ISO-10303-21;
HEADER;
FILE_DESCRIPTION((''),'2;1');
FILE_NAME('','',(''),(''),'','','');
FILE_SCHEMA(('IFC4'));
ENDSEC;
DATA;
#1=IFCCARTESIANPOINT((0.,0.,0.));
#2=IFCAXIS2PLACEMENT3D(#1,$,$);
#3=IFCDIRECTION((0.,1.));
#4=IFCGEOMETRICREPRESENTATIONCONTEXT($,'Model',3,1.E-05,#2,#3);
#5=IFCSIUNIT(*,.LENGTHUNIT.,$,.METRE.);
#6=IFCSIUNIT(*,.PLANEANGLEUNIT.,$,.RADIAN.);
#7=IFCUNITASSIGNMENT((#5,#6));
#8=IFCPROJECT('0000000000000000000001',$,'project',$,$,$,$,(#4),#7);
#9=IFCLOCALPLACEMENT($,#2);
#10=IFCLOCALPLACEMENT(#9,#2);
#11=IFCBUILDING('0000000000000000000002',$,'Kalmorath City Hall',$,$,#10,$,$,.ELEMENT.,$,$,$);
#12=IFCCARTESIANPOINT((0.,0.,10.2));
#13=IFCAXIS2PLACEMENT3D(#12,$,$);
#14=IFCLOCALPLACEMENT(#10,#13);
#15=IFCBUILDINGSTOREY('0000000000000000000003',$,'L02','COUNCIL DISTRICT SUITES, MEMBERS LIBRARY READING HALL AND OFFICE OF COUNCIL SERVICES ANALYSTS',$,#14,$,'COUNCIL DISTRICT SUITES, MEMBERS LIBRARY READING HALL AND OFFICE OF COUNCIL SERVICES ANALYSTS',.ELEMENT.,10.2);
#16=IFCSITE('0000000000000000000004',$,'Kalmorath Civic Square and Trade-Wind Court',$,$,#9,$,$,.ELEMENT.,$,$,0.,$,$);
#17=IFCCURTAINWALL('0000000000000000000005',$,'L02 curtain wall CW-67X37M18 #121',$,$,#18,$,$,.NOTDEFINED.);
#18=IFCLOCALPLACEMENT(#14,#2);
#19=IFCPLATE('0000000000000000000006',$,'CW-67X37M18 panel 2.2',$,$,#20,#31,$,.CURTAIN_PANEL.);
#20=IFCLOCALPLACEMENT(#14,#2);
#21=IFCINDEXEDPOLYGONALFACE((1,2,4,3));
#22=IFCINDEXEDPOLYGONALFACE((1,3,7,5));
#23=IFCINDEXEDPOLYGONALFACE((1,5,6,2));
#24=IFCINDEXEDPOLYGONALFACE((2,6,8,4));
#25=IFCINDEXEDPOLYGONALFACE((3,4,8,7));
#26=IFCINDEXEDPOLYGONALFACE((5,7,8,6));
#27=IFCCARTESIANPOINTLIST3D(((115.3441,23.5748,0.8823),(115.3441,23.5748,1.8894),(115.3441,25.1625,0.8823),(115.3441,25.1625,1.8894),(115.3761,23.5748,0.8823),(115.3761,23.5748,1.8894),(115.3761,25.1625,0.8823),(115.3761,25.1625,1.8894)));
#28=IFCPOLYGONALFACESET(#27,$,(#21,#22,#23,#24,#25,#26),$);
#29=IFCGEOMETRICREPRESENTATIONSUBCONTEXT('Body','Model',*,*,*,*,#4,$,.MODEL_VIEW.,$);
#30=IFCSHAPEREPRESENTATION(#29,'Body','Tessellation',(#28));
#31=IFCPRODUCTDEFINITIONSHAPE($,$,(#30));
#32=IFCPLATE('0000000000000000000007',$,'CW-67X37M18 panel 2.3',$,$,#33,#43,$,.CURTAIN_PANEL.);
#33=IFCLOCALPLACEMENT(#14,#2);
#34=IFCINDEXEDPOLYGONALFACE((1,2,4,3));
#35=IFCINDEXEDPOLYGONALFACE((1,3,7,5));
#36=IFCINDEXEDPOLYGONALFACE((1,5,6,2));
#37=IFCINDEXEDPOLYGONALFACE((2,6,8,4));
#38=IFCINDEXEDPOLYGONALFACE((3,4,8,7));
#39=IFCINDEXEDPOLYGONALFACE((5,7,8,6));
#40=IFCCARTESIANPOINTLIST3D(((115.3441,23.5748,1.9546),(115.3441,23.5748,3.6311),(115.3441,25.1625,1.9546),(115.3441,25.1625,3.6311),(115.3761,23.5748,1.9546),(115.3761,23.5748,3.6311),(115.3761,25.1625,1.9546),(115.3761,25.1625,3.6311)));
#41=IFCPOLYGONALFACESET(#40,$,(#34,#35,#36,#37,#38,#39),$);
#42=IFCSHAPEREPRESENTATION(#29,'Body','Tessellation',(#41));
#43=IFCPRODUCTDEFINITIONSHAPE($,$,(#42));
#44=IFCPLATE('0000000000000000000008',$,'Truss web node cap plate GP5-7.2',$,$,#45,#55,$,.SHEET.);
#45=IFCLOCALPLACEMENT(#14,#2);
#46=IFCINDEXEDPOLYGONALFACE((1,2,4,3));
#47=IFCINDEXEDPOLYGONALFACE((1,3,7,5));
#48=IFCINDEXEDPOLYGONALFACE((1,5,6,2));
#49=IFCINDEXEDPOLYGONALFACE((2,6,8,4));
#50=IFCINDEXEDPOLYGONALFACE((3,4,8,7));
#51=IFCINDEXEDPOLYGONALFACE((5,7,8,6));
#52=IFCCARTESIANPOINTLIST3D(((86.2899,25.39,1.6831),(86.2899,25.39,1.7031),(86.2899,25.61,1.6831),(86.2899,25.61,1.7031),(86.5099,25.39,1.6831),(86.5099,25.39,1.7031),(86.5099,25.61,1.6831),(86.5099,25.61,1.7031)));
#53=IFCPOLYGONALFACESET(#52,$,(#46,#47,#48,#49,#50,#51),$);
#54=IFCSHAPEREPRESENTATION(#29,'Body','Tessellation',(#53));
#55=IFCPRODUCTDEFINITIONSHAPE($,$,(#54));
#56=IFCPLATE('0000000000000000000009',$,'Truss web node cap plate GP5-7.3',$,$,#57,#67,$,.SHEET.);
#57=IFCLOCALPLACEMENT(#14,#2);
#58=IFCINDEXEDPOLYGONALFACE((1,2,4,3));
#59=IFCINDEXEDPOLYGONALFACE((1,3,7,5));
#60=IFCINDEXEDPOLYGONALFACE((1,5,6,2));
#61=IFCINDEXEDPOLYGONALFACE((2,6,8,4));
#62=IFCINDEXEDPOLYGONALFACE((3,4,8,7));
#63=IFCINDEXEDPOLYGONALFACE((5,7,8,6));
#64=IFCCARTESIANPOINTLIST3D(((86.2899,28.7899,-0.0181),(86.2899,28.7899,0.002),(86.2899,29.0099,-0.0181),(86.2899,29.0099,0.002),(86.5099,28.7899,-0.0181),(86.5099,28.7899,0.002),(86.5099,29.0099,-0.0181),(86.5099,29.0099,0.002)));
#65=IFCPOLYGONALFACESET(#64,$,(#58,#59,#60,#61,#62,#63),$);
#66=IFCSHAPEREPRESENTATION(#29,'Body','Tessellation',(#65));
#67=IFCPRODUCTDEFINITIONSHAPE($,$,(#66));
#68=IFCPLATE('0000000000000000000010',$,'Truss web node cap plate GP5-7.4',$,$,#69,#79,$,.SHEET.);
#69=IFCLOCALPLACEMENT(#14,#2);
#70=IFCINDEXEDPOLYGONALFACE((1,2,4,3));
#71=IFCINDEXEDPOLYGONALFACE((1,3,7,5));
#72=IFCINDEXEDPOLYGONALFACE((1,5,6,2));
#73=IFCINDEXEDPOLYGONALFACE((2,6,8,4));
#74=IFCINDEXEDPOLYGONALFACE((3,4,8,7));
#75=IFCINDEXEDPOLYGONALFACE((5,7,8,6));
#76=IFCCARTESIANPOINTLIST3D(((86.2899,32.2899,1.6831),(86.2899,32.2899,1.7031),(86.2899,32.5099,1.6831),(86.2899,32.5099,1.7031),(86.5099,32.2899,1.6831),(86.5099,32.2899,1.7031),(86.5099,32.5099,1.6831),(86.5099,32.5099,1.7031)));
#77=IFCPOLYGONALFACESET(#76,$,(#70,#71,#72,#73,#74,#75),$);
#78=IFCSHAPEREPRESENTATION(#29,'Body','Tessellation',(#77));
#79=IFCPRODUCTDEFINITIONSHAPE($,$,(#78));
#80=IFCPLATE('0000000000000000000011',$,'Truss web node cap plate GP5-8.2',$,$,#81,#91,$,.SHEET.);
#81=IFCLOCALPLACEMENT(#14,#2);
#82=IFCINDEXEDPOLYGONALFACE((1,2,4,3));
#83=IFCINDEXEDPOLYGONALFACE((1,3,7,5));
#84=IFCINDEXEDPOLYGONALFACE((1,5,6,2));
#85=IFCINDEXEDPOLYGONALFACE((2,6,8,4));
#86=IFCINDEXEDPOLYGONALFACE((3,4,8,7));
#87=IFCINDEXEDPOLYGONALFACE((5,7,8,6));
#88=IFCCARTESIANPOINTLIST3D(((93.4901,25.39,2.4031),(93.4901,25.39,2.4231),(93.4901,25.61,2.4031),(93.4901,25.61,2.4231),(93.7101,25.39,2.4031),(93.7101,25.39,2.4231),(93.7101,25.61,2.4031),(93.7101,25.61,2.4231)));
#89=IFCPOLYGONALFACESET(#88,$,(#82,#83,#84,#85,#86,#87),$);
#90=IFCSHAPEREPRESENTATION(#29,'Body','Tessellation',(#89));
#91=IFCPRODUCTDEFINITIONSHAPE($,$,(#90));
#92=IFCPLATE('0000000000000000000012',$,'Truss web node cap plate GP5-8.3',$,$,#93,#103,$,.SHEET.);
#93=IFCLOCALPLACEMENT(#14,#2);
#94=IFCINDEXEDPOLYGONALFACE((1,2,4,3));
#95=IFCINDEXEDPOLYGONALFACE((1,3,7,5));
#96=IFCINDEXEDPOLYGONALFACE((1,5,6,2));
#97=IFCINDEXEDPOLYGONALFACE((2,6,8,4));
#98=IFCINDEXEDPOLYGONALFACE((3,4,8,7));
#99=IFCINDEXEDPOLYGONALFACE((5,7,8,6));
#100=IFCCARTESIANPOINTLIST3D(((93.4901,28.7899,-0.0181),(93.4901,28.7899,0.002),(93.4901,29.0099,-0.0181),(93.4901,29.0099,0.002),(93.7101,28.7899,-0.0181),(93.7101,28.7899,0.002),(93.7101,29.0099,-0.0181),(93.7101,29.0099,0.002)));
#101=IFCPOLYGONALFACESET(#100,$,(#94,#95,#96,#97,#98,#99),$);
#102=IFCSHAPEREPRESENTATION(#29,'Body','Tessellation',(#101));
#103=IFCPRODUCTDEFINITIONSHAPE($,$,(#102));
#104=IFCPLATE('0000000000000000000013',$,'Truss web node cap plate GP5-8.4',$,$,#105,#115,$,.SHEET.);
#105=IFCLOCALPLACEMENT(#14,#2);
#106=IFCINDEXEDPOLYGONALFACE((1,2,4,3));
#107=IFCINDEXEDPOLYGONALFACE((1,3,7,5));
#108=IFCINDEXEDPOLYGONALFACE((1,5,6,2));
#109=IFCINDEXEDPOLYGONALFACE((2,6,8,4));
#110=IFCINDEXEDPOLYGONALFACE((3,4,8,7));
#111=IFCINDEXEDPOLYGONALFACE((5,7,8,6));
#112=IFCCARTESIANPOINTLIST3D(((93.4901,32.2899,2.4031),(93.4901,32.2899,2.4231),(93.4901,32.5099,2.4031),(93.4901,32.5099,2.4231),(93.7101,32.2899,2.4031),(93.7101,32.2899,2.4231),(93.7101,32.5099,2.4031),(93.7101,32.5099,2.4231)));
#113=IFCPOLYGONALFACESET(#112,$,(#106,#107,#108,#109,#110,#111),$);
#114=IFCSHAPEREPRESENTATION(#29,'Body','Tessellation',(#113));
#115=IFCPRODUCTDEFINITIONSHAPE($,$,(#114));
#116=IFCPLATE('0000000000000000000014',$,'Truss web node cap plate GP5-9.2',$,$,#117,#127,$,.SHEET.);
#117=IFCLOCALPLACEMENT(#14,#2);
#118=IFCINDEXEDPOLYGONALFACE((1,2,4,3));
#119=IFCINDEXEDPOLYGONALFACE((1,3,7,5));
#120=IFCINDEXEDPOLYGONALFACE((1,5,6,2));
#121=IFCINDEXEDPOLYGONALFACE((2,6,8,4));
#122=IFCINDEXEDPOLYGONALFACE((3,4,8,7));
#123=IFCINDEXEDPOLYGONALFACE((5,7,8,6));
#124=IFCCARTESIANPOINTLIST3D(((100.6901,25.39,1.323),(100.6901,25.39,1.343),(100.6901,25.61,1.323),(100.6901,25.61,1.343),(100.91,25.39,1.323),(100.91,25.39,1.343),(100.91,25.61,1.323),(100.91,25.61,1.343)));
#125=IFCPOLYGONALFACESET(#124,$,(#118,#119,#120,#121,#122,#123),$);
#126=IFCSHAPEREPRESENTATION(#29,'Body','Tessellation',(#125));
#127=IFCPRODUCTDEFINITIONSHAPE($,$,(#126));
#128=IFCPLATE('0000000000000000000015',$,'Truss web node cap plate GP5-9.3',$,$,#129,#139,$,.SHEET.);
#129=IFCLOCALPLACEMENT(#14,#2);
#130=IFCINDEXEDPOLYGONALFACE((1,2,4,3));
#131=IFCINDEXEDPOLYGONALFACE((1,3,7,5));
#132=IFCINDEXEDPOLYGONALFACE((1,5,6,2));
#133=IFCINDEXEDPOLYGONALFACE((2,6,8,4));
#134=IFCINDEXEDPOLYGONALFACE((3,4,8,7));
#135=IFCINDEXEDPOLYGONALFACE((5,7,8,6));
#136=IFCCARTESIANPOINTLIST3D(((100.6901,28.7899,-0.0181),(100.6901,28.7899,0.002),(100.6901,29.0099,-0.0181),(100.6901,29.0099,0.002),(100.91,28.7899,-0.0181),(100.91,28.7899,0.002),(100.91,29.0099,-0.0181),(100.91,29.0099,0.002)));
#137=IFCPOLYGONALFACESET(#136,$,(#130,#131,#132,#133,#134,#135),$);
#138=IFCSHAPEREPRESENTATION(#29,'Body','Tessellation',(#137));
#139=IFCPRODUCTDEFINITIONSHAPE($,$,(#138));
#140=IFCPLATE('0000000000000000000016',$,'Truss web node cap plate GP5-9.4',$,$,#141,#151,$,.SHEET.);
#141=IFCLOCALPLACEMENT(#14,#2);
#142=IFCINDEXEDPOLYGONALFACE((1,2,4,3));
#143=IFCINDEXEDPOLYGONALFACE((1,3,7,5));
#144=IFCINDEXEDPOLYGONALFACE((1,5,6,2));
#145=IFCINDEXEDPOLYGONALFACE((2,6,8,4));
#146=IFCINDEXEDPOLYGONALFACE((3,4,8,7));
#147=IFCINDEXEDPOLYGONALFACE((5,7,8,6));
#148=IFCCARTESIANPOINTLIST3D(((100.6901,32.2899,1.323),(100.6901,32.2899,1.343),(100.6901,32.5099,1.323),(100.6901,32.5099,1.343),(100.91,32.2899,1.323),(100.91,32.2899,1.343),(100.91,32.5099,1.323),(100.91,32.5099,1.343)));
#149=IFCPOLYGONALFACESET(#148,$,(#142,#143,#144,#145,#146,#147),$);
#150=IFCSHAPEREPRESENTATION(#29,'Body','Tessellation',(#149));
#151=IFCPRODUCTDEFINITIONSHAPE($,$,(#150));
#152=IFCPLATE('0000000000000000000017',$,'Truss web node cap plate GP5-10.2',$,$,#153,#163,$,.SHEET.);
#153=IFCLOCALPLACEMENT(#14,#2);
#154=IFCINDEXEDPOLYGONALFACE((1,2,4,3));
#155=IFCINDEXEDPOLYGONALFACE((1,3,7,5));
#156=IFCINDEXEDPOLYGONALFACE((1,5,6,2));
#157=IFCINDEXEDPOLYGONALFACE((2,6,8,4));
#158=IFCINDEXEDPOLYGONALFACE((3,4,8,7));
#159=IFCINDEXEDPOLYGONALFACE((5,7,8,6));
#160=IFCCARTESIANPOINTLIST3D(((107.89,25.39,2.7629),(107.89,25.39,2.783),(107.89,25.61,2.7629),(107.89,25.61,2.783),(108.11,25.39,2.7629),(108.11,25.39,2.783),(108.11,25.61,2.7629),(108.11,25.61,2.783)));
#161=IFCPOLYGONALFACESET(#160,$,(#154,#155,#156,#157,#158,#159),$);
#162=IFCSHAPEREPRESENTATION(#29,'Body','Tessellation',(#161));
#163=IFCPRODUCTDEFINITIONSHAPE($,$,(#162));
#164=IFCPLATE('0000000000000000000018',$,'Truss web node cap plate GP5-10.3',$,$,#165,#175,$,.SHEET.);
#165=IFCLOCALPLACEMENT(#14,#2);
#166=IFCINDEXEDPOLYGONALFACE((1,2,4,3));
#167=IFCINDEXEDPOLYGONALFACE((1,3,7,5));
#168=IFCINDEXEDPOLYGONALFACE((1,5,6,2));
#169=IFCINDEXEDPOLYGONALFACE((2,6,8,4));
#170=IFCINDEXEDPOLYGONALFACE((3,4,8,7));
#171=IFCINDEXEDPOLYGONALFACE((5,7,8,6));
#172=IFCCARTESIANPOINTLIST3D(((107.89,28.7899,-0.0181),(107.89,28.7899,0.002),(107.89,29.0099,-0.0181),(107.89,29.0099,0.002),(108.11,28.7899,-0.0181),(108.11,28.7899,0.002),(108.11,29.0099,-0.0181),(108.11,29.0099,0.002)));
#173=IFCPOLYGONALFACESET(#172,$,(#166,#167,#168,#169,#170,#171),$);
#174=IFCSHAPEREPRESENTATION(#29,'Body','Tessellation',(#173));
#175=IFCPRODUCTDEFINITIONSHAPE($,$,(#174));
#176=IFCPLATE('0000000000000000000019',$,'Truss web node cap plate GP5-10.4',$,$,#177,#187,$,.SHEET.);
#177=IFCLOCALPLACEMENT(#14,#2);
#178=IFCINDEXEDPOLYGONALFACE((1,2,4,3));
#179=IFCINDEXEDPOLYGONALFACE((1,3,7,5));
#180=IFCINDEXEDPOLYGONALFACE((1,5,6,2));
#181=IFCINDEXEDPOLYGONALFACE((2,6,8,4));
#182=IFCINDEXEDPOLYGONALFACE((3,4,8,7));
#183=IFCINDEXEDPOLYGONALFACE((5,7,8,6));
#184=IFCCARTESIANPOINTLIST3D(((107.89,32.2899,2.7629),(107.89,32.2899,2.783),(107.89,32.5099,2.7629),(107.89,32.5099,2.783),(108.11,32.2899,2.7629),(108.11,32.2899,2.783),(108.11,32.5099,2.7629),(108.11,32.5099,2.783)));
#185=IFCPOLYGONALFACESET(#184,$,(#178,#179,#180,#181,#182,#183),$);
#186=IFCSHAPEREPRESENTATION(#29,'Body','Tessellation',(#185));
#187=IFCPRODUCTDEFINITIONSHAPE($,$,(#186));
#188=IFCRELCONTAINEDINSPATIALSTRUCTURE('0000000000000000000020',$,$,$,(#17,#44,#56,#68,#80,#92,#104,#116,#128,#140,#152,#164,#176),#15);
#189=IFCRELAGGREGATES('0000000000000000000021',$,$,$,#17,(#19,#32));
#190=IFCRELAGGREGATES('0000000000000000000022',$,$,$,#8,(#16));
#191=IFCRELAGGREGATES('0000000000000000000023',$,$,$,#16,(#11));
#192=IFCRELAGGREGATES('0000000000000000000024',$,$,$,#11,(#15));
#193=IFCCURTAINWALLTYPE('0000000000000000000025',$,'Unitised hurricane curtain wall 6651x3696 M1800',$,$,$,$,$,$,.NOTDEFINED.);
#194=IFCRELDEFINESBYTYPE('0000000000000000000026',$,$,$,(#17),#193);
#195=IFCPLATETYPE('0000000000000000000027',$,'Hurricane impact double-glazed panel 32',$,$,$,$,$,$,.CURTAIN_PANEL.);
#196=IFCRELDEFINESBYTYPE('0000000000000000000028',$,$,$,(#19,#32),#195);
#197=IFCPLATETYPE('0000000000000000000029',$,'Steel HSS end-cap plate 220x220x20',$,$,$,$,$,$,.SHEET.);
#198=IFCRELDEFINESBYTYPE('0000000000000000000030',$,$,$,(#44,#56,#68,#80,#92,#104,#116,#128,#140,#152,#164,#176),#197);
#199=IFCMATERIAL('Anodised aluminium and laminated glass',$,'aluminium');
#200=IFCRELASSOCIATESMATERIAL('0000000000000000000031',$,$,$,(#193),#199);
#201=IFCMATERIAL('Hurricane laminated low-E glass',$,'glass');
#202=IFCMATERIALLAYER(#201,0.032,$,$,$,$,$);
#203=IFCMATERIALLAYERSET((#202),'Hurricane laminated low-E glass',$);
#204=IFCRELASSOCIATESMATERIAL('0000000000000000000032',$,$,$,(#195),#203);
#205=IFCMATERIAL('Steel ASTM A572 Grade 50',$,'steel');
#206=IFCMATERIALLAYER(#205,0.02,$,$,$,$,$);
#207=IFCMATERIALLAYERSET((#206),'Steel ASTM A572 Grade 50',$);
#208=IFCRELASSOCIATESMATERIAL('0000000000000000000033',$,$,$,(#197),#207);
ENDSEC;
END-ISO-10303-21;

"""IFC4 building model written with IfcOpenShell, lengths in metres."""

from ifc_helpers import new_model, si_unit, direction, frame, origin, origin_2d, place, context, subcontext, project, spatial, rectangle, extrude, material, layer, layer_set, type_object, element, aggregate, save


model = new_model("IFC4")

# Units and contexts
model_context = context("Model", 3, precision=1e-05, world=origin(), true_north=direction((0.0, 1.0)))
body_context = subcontext(model_context, "Body", "Model", "MODEL_VIEW")
ifc_project = project(units=[si_unit("LENGTHUNIT", "METRE"), si_unit("PLANEANGLEUNIT", "RADIAN")], contexts=[model_context])

# Site, building, storey
site_placement = place(None, origin())
site = spatial("IfcSite", under=ifc_project, at=site_placement, Name="Kalmorath Civic Square and Trade-Wind Court", CompositionType="ELEMENT", RefElevation=0.0)
building_placement = place(site_placement, origin())
building = spatial("IfcBuilding", under=site, at=building_placement, Name="Kalmorath City Hall", CompositionType="ELEMENT")
storey_placement = place(building_placement, frame((0.0, 0.0, 10.2)))
storey = spatial("IfcBuildingStorey", under=building, at=storey_placement, Name="L02", Description="COUNCIL DISTRICT SUITES, MEMBERS LIBRARY READING HALL AND OFFICE OF COUNCIL SERVICES ANALYSTS", LongName="COUNCIL DISTRICT SUITES, MEMBERS LIBRARY READING HALL AND OFFICE OF COUNCIL SERVICES ANALYSTS", CompositionType="ELEMENT", Elevation=10.2)

# Curtain wall
ifc_material_1 = material(Name="Anodised aluminium and laminated glass", Category="aluminium")
curtain_wall_type = type_object("IfcCurtainWallType", Name="Unitised hurricane curtain wall 6651x3696 M1800", PredefinedType="NOTDEFINED", material=ifc_material_1)
curtain_wall_placement = place(storey_placement, origin())
curtain_wall = element("IfcCurtainWall", 1, at=curtain_wall_placement, inside=storey, type_object=curtain_wall_type, Name="L02 curtain wall CW-67X37M18 #121", PredefinedType="NOTDEFINED")

# Plates
ifc_material_2 = material(Name="Hurricane laminated low-E glass", Category="glass")
ifc_layer_1 = layer(ifc_material_2, 0.032)
ifc_layer_set_1 = layer_set([ifc_layer_1], Name="Hurricane laminated low-E glass")
plate_type_1 = type_object("IfcPlateType", Name="Hurricane impact double-glazed panel 32", PredefinedType="CURTAIN_PANEL", material=ifc_layer_set_1)
plate_1_placement = place(storey_placement, frame((115.3601, 24.3687, 0.8823), z_axis=(0.0, 0.0, 1.0), x_axis=(0.0, 1.0, 0.0)))
plate_1 = element("IfcPlate", 2, at=plate_1_placement, type_object=plate_type_1, Name="CW-67X37M18 panel 2.2", PredefinedType="CURTAIN_PANEL", context=body_context, shape_type="SweptSolid", body=[
    extrude(rectangle(XDim=1.5876, YDim=0.032, at=origin_2d()), origin(), (0.0, 0.0, 1.0), 1.0071),
])
plate_2_placement = place(storey_placement, frame((115.3601, 24.3687, 1.9546), z_axis=(0.0, 0.0, 1.0), x_axis=(0.0, 1.0, 0.0)))
plate_2 = element("IfcPlate", 3, at=plate_2_placement, type_object=plate_type_1, Name="CW-67X37M18 panel 2.3", PredefinedType="CURTAIN_PANEL", context=body_context, shape_type="SweptSolid", body=[
    extrude(rectangle(XDim=1.5876, YDim=0.032, at=origin_2d()), origin(), (0.0, 0.0, 1.0), 1.6765),
])
aggregate(curtain_wall, [plate_1, plate_2])

# Plates
ifc_material_3 = material(Name="Steel ASTM A572 Grade 50", Category="steel")
ifc_layer_2 = layer(ifc_material_3, 0.02)
ifc_layer_set_2 = layer_set([ifc_layer_2], Name="Steel ASTM A572 Grade 50")
plate_type_2 = type_object("IfcPlateType", Name="Steel HSS end-cap plate 220x220x20", PredefinedType="SHEET", material=ifc_layer_set_2)
for number, where, z_axis, x_axis, name in (
    (4, (86.3999, 25.5, 1.6831), (0.0, 0.0, 1.0), (1.0, 0.0, 0.0), "Truss web node cap plate GP5-7.2"),
    (5, (86.3999, 28.8999, -0.0181), (0.0, 0.0, 1.0), (1.0, 0.0, 0.0), "Truss web node cap plate GP5-7.3"),
    (6, (86.3999, 32.3999, 1.6831), (0.0, 0.0, 1.0), (1.0, 0.0, 0.0), "Truss web node cap plate GP5-7.4"),
    (7, (93.6001, 25.5, 2.4031), (0.0, 0.0, 1.0), (1.0, 0.0, 0.0), "Truss web node cap plate GP5-8.2"),
    (8, (93.6001, 28.8999, -0.0181), (0.0, 0.0, 1.0), (1.0, 0.0, 0.0), "Truss web node cap plate GP5-8.3"),
    (9, (93.6001, 32.3999, 2.4031), (0.0, 0.0, 1.0), (1.0, 0.0, 0.0), "Truss web node cap plate GP5-8.4"),
    (10, (100.8, 25.5, 1.323), (0.0, 0.0, 1.0), (1.0, 0.0, 0.0), "Truss web node cap plate GP5-9.2"),
    (11, (100.8, 28.8999, -0.0181), (0.0, 0.0, 1.0), (1.0, 0.0, 0.0), "Truss web node cap plate GP5-9.3"),
    (12, (100.8, 32.3999, 1.323), (0.0, 0.0, 1.0), (1.0, 0.0, 0.0), "Truss web node cap plate GP5-9.4"),
    (13, (108.0, 25.5, 2.7629), (0.0, 0.0, 1.0), (1.0, 0.0, 0.0), "Truss web node cap plate GP5-10.2"),
    (14, (108.0, 28.8999, -0.0181), (0.0, 0.0, 1.0), (1.0, 0.0, 0.0), "Truss web node cap plate GP5-10.3"),
    (15, (108.0, 32.3999, 2.7629), (0.0, 0.0, 1.0), (1.0, 0.0, 0.0), "Truss web node cap plate GP5-10.4"),
):
    element("IfcPlate", number, at=place(storey_placement, frame(where, z_axis=z_axis, x_axis=x_axis)), inside=storey, type_object=plate_type_2, Name=name, PredefinedType="SHEET", context=body_context, shape_type="SweptSolid", body=[
        extrude(rectangle(XDim=0.22, YDim=0.22, at=origin_2d()), origin(), (0.0, 0.0, 1.0), 0.02),
    ])

save(model, "model.ifc")
